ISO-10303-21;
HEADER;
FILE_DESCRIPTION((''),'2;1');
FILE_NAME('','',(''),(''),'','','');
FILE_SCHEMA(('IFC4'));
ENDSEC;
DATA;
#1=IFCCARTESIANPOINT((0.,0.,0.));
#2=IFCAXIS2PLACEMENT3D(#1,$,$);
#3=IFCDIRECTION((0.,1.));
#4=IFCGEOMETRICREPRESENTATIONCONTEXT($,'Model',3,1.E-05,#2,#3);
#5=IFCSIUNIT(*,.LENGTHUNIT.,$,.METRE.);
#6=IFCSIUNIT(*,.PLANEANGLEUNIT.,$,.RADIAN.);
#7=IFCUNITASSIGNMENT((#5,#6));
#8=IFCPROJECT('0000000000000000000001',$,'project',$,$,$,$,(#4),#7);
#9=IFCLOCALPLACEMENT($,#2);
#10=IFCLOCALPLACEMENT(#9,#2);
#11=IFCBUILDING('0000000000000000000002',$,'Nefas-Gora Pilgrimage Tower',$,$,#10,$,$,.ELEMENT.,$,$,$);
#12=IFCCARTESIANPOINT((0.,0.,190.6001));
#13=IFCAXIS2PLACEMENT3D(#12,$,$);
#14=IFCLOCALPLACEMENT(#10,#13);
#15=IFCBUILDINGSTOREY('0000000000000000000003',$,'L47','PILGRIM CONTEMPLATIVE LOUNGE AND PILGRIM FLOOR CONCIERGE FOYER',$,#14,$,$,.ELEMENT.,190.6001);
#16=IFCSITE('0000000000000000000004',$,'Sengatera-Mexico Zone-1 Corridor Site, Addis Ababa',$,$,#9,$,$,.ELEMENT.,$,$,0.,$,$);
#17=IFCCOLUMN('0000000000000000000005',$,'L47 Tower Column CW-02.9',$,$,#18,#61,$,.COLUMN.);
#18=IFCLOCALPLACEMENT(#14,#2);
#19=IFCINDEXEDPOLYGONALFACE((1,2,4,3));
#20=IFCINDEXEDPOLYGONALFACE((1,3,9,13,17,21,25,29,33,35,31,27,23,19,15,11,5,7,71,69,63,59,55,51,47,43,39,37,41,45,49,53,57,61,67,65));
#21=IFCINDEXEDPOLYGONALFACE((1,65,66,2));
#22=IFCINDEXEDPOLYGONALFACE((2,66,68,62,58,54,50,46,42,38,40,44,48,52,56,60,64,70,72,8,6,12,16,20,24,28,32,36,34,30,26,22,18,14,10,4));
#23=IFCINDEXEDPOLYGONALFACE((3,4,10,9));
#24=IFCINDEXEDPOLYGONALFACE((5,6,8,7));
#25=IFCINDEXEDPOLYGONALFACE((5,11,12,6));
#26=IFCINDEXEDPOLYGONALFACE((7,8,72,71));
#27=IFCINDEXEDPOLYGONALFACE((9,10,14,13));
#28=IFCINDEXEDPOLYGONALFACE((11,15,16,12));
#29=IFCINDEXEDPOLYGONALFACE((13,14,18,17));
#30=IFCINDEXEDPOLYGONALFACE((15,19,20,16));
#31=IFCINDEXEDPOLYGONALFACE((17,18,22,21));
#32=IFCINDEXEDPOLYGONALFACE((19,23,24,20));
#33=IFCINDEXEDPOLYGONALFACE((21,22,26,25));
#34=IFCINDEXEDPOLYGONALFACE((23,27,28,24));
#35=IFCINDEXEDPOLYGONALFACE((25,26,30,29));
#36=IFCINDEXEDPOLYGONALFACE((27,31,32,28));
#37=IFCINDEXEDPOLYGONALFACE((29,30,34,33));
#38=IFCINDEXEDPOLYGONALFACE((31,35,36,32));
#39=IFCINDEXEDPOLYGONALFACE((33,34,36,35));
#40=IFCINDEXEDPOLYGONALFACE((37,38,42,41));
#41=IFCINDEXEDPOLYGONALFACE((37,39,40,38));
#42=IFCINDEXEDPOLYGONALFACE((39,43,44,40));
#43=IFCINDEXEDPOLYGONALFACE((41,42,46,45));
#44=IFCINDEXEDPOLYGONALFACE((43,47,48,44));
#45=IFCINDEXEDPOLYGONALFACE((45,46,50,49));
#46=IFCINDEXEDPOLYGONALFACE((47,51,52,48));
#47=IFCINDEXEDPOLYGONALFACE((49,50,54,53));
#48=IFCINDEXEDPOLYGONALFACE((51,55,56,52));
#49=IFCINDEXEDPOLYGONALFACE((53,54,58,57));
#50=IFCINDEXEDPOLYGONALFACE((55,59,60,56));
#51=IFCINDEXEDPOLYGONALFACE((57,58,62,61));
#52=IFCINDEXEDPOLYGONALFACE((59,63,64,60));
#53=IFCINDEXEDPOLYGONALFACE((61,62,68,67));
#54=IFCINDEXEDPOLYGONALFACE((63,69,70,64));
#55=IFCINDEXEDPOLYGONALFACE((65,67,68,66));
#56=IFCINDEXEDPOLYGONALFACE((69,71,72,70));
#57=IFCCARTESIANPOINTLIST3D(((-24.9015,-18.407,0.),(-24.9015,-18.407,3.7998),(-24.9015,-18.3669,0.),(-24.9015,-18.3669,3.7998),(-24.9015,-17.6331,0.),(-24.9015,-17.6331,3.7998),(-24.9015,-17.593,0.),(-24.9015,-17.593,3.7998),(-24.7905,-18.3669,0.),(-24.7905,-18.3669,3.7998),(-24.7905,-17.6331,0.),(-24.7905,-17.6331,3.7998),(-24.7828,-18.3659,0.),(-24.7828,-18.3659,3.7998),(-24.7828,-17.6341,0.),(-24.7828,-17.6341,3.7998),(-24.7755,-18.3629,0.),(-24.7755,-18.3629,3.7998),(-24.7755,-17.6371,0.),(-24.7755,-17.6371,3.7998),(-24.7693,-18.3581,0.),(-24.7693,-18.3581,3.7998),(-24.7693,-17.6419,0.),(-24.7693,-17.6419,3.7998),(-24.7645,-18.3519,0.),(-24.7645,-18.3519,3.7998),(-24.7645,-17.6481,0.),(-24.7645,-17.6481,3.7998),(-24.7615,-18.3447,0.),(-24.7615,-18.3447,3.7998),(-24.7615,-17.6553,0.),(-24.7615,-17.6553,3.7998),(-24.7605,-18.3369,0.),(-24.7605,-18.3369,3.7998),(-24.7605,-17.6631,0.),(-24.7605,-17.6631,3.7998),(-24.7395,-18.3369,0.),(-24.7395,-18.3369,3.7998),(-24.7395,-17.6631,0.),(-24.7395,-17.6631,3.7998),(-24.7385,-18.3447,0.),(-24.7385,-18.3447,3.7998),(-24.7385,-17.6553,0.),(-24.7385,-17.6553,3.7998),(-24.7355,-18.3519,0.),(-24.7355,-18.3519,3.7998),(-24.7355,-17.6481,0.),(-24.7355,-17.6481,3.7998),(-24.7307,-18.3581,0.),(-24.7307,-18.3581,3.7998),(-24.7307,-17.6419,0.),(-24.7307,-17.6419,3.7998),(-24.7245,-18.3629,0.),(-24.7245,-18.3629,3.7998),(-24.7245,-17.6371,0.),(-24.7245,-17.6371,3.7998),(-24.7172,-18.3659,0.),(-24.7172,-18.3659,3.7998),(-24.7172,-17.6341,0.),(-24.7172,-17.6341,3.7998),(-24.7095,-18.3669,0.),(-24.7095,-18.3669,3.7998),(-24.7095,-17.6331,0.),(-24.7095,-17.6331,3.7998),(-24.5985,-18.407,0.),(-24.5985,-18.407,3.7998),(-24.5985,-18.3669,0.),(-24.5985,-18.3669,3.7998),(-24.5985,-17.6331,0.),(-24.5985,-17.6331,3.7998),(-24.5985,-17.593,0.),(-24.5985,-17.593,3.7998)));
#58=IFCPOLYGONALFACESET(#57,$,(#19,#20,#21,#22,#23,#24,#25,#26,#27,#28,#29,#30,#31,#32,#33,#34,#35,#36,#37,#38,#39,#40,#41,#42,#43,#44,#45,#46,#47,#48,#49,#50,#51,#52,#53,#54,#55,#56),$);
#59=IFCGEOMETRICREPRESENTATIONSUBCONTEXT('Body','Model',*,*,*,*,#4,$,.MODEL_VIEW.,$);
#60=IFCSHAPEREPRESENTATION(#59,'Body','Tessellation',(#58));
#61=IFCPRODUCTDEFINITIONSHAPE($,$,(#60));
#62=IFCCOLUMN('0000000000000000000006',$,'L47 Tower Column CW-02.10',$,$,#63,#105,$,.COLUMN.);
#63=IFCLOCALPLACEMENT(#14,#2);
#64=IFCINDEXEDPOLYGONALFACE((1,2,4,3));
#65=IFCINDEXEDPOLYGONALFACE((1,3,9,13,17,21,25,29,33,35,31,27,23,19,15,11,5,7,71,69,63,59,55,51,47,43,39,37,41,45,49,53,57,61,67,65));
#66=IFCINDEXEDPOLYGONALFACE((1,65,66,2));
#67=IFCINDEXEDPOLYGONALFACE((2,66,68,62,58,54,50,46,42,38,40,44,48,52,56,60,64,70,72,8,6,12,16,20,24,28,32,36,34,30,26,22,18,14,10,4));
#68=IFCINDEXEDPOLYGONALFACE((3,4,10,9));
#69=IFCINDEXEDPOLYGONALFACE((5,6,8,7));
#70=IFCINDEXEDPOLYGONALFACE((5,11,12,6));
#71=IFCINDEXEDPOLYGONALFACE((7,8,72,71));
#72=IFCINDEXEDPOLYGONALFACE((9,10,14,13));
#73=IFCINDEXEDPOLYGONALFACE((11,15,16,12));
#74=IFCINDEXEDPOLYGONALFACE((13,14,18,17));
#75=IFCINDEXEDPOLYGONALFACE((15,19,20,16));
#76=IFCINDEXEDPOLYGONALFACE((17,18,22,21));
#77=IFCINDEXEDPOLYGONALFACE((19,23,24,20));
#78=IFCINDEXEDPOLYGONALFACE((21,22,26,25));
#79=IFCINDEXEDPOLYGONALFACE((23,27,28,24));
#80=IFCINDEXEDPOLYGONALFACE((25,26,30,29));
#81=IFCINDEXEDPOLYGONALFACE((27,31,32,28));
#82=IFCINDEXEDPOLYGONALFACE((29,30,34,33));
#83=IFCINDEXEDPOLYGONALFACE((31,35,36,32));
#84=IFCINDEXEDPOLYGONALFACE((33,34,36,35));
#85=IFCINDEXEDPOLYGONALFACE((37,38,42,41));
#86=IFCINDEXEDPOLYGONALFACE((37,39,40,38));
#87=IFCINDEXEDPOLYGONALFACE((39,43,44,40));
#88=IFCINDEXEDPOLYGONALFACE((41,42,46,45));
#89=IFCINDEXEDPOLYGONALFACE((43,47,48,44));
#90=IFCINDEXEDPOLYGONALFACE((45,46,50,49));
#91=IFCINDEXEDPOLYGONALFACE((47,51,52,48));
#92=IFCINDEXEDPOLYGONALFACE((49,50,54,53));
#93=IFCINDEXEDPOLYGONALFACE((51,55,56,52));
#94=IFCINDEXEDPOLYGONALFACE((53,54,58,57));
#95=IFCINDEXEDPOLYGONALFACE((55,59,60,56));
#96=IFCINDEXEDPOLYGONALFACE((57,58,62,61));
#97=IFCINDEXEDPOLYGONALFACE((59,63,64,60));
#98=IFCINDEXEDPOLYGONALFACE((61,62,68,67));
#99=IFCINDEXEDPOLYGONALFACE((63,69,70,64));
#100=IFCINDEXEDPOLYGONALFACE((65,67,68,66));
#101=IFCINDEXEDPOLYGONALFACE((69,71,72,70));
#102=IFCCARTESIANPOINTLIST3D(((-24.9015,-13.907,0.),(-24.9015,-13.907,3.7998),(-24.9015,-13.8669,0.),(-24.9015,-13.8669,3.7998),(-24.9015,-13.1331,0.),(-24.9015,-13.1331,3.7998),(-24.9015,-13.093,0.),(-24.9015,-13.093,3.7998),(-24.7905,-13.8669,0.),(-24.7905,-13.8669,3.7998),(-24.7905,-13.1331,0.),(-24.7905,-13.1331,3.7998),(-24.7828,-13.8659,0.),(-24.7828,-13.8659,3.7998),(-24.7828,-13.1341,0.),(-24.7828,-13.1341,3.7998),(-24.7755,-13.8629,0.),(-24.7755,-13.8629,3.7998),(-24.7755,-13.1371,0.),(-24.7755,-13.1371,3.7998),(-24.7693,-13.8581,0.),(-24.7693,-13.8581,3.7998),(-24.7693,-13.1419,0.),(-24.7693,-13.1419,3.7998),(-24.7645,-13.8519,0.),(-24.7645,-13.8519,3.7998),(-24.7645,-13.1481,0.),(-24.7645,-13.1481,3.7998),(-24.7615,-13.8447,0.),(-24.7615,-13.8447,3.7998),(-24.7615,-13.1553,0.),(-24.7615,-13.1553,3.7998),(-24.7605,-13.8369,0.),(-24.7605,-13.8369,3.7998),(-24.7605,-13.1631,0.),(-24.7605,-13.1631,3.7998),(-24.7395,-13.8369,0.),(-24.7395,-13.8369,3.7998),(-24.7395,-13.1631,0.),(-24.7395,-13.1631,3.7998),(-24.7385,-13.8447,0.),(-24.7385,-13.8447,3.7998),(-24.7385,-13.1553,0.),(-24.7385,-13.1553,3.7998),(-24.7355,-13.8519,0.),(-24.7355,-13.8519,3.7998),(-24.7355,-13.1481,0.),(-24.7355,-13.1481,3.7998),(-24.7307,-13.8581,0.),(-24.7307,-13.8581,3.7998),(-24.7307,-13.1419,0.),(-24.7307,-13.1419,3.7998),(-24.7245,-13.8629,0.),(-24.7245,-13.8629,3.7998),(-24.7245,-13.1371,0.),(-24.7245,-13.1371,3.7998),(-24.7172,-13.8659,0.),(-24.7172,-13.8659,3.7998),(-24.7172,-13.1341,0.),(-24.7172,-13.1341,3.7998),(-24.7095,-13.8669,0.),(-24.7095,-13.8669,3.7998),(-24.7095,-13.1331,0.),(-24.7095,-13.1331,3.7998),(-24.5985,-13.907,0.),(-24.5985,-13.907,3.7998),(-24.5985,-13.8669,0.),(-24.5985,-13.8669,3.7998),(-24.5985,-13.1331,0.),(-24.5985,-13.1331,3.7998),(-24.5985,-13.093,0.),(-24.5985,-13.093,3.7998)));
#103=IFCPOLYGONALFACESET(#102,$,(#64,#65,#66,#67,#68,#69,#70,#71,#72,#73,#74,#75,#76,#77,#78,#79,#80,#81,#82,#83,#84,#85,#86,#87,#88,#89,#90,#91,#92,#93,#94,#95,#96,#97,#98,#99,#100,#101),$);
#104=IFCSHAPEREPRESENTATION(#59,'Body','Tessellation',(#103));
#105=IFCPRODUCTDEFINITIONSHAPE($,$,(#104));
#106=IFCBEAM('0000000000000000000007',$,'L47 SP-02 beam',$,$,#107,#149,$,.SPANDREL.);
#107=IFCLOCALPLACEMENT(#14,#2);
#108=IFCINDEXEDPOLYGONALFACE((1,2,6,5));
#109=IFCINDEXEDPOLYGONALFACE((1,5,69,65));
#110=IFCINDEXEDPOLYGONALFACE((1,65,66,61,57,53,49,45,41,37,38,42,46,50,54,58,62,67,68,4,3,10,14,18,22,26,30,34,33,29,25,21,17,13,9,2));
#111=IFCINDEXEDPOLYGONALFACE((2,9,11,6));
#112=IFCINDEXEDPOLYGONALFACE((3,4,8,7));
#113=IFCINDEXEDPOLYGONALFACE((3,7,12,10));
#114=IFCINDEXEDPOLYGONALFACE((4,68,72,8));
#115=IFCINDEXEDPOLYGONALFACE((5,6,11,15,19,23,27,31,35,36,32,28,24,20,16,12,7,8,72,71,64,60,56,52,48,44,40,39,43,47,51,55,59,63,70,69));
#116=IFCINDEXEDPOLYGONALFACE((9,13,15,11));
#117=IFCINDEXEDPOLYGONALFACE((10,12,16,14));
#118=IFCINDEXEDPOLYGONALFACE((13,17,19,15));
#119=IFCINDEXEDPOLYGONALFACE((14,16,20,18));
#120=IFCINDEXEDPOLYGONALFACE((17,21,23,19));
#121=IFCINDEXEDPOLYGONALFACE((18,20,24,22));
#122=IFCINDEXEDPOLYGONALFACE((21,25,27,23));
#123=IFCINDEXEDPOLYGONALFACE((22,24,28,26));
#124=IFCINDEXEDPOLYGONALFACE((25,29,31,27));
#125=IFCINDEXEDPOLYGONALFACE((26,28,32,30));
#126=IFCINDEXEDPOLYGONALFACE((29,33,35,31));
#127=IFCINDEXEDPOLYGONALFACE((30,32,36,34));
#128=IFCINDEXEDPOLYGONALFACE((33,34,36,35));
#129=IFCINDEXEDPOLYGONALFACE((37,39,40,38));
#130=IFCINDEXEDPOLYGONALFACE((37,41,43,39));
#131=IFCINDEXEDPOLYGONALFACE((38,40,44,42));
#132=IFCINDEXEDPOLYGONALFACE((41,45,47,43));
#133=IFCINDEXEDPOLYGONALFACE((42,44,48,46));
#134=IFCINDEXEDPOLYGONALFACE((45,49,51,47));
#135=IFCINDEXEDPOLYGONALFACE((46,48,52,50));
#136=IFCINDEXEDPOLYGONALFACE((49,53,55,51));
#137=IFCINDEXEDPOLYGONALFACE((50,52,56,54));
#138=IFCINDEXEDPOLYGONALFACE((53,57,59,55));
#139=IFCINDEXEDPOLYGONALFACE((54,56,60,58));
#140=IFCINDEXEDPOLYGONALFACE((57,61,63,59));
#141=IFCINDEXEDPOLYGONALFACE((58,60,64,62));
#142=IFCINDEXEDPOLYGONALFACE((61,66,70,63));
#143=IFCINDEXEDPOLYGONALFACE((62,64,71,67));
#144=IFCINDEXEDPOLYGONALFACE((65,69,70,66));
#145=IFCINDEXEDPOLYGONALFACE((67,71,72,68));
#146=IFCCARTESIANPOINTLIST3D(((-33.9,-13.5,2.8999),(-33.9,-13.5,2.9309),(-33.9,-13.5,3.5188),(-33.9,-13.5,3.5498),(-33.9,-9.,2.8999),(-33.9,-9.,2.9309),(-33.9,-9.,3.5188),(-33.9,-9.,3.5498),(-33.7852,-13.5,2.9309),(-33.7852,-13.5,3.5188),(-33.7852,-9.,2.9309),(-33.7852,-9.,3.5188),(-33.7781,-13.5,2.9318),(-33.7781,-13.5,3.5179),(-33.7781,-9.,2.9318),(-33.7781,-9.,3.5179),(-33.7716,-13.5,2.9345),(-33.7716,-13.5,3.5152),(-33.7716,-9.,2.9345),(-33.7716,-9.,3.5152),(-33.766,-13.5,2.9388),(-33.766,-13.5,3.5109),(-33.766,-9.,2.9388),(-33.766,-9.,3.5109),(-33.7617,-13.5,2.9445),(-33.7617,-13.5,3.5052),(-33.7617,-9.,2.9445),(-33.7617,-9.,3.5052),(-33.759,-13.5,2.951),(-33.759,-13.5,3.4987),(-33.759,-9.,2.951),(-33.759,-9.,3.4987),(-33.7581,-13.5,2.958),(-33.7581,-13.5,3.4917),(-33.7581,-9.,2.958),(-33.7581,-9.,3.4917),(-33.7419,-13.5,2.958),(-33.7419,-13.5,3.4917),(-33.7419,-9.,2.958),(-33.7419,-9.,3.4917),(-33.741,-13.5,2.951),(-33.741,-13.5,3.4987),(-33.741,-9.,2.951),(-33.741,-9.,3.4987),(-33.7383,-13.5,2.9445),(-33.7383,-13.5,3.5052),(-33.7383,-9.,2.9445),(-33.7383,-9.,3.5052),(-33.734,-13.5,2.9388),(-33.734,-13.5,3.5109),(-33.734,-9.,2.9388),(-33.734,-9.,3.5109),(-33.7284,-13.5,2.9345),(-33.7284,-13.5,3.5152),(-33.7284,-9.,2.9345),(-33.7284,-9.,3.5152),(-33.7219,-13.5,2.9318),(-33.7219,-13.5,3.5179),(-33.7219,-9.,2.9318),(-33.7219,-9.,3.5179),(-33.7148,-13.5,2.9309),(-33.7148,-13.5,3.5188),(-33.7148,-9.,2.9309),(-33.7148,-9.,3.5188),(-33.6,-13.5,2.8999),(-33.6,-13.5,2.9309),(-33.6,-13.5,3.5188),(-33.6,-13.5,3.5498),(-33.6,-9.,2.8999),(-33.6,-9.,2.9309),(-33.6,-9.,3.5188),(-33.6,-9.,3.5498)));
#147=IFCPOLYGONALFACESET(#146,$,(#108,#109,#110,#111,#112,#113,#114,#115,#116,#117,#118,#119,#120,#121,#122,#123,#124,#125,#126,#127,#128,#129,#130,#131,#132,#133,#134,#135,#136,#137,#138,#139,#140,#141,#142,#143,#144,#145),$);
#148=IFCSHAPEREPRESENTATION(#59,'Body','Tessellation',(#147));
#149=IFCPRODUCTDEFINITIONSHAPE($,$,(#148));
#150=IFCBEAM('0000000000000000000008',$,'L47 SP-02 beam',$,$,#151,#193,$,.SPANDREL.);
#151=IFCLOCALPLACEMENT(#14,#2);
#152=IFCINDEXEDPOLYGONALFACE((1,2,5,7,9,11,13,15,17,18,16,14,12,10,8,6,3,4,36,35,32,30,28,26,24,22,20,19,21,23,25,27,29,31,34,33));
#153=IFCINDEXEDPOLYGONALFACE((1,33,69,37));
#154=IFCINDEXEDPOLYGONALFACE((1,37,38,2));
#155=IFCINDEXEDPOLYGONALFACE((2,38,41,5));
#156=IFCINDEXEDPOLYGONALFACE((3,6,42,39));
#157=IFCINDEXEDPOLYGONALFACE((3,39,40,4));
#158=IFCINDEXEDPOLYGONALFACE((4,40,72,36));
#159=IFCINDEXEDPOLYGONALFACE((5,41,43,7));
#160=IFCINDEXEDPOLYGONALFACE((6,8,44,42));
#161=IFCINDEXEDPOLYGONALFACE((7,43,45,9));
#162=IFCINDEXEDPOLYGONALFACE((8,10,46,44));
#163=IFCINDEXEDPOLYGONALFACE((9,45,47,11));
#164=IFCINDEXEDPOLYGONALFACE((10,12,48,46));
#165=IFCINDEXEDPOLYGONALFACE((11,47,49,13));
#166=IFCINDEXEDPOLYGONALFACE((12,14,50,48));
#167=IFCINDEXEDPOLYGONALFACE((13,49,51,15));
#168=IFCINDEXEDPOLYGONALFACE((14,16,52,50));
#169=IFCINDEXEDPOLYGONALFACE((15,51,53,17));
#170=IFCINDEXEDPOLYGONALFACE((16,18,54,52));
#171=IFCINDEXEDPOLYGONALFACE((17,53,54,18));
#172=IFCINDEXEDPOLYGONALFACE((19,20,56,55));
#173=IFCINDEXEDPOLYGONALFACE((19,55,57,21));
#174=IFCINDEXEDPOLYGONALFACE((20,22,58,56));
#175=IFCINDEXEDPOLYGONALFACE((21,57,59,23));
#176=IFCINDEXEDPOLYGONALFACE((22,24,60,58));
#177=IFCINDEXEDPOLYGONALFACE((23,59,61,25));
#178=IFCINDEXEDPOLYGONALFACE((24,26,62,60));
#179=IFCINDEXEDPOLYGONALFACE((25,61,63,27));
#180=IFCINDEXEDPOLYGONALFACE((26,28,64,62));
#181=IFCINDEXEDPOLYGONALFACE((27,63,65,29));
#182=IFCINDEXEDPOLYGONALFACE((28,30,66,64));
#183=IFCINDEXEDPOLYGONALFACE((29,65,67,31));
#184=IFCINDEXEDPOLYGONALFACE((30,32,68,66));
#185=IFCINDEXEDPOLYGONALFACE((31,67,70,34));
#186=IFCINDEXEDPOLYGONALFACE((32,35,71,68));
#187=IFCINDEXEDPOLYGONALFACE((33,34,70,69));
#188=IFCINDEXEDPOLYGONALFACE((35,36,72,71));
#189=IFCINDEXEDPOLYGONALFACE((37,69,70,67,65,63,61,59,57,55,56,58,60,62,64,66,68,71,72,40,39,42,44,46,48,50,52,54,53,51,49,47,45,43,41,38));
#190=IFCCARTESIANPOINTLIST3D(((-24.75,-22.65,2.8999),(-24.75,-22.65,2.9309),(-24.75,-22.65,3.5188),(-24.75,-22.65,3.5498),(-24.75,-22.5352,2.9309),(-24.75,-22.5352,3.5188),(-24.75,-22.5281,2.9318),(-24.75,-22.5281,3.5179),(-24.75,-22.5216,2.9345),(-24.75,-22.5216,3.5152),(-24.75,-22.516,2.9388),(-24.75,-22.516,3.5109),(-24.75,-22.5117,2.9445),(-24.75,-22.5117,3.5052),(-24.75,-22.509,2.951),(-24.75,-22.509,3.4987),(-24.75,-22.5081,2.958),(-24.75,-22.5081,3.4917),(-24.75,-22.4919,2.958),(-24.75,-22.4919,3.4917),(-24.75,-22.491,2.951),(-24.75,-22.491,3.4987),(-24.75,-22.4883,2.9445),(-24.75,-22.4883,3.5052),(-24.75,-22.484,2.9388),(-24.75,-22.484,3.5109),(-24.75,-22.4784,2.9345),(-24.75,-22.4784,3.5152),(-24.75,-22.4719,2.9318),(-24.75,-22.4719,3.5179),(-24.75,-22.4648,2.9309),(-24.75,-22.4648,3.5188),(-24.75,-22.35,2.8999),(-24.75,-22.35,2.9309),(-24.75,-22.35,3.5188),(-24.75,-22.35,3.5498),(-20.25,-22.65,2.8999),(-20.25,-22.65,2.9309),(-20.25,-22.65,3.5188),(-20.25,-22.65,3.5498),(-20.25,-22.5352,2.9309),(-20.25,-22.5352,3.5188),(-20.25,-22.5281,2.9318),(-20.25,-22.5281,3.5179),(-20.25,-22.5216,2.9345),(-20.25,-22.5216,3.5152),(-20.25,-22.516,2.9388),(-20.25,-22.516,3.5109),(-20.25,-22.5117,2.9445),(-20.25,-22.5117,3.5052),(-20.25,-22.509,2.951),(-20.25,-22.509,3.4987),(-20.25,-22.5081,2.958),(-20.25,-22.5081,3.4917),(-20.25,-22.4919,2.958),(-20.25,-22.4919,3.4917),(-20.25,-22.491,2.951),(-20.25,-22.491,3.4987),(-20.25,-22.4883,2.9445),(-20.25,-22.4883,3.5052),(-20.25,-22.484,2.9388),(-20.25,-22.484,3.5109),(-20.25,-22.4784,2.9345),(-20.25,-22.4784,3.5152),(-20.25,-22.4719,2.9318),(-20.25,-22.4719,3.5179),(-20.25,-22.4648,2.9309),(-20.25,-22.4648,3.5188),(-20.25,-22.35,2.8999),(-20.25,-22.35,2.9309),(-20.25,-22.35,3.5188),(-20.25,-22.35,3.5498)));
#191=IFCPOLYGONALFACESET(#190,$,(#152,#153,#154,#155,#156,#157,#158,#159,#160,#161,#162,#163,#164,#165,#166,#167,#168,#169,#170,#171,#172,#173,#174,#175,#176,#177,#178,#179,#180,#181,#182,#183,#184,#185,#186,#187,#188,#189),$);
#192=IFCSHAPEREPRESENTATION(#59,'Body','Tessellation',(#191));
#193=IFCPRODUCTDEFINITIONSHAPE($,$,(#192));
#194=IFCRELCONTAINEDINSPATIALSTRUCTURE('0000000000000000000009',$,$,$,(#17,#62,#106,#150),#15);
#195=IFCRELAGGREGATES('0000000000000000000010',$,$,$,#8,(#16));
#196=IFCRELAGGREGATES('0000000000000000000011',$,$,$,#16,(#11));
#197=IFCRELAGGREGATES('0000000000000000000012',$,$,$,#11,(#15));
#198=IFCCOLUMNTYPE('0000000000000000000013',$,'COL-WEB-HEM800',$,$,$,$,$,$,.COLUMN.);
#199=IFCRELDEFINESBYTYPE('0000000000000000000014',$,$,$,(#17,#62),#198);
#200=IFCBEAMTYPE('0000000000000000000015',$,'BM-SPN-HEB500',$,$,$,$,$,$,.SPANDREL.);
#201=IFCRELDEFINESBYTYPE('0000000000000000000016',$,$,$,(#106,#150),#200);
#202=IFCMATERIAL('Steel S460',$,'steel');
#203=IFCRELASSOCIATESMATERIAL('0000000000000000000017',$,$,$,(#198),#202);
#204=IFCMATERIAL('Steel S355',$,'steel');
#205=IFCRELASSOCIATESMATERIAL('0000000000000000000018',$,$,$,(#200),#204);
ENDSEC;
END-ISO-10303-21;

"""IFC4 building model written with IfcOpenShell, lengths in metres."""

from ifc_helpers import new_model, si_unit, direction, frame, origin, origin_2d, place, context, subcontext, project, spatial, i_section, extrude, source, transform, mapped, material, material_profile, profile_set, type_object, element, save


model = new_model("IFC4")

# Units and contexts
model_context = context("Model", 3, precision=1e-05, world=origin(), true_north=direction((0.0, 1.0)))
body_context = subcontext(model_context, "Body", "Model", "MODEL_VIEW")
ifc_project = project(units=[si_unit("LENGTHUNIT", "METRE"), si_unit("PLANEANGLEUNIT", "RADIAN")], contexts=[model_context])

# Site, building, storey
site_placement = place(None, origin())
site = spatial("IfcSite", under=ifc_project, at=site_placement, Name="Sengatera-Mexico Zone-1 Corridor Site, Addis Ababa", CompositionType="ELEMENT", RefElevation=0.0)
building_placement = place(site_placement, origin())
building = spatial("IfcBuilding", under=site, at=building_placement, Name="Nefas-Gora Pilgrimage Tower", CompositionType="ELEMENT")
storey_placement = place(building_placement, frame((0.0, 0.0, 190.6001)))
storey = spatial("IfcBuildingStorey", under=building, at=storey_placement, Name="L47", Description="PILGRIM CONTEMPLATIVE LOUNGE AND PILGRIM FLOOR CONCIERGE FOYER", CompositionType="ELEMENT", Elevation=190.6001)

# Columns
ifc_material_1 = material(Name="Steel S460", Category="steel")
ifc_material_profile_1 = material_profile(ifc_material_1, i_section(OverallWidth=0.303, OverallDepth=0.814, WebThickness=0.021, FlangeThickness=0.04, FilletRadius=0.03, at=origin_2d()), Name="HEM 800")
ifc_profile_set_1 = profile_set([ifc_material_profile_1], Name="Steel S460")
column_type_1 = type_object("IfcColumnType", Name="COL-WEB-HEM800", PredefinedType="COLUMN", material=ifc_profile_set_1)
shared_shape_1 = source(origin(), body_context, "Body", "SweptSolid", [
    extrude(i_section(OverallWidth=0.303, OverallDepth=0.814, WebThickness=0.021, FlangeThickness=0.04, FilletRadius=0.03, at=origin_2d()), origin(), (0.0, 0.0, 1.0), 3.7998),
])
for number, where, z_axis, x_axis, name in (
    (1, (-24.75, -18.0, 0.0), (0.0, 0.0, 1.0), (1.0, 0.0, 0.0), "L47 Tower Column CW-02.9"),
    (2, (-24.75, -13.5, 0.0), (0.0, 0.0, 1.0), (1.0, 0.0, 0.0), "L47 Tower Column CW-02.10"),
):
    element("IfcColumn", number, at=place(storey_placement, frame(where, z_axis=z_axis, x_axis=x_axis)), inside=storey, type_object=column_type_1, Name=name, PredefinedType="COLUMN", context=body_context, shape_type="MappedRepresentation", body=[
        mapped(shared_shape_1, transform((0.0, 0.0, 0.0), x_axis=(1.0, 0.0, 0.0), y_axis=(0.0, 1.0, 0.0), z_axis=(0.0, 0.0, 1.0), scale=1.0)),
    ])

# Beams
ifc_material_2 = material(Name="Steel S355", Category="steel")
ifc_material_profile_2 = material_profile(ifc_material_2, i_section(OverallWidth=0.3, OverallDepth=0.6499, WebThickness=0.0161, FlangeThickness=0.031, FilletRadius=0.0271, at=origin_2d()), Name="HEB 650")
ifc_profile_set_2 = profile_set([ifc_material_profile_2], Name="Steel S355")
beam_type_1 = type_object("IfcBeamType", Name="BM-SPN-HEB500", PredefinedType="SPANDREL", material=ifc_profile_set_2)
shared_shape_2 = source(origin(), body_context, "Body", "SweptSolid", [
    extrude(i_section(OverallWidth=0.3, OverallDepth=0.6499, WebThickness=0.0161, FlangeThickness=0.031, FilletRadius=0.0271, at=origin_2d()), origin(), (0.0, 0.0, 1.0), 4.5),
])
for number, where, z_axis, x_axis, name in (
    (3, (-33.75, -13.5, 3.2249), (0.0, 1.0, 0.0), (-1.0, 0.0, 0.0), "L47 SP-02 beam"),
    (4, (-24.75, -22.5, 3.2249), (1.0, 0.0, 0.0), (0.0, 1.0, 0.0), "L47 SP-02 beam"),
):
    element("IfcBeam", number, at=place(storey_placement, frame(where, z_axis=z_axis, x_axis=x_axis)), inside=storey, type_object=beam_type_1, Name=name, PredefinedType="SPANDREL", context=body_context, shape_type="MappedRepresentation", body=[
        mapped(shared_shape_2, transform((0.0, 0.0, 0.0), x_axis=(1.0, 0.0, 0.0), y_axis=(0.0, 1.0, 0.0), z_axis=(0.0, 0.0, 1.0), scale=1.0)),
    ])

save(model, "model.ifc")
